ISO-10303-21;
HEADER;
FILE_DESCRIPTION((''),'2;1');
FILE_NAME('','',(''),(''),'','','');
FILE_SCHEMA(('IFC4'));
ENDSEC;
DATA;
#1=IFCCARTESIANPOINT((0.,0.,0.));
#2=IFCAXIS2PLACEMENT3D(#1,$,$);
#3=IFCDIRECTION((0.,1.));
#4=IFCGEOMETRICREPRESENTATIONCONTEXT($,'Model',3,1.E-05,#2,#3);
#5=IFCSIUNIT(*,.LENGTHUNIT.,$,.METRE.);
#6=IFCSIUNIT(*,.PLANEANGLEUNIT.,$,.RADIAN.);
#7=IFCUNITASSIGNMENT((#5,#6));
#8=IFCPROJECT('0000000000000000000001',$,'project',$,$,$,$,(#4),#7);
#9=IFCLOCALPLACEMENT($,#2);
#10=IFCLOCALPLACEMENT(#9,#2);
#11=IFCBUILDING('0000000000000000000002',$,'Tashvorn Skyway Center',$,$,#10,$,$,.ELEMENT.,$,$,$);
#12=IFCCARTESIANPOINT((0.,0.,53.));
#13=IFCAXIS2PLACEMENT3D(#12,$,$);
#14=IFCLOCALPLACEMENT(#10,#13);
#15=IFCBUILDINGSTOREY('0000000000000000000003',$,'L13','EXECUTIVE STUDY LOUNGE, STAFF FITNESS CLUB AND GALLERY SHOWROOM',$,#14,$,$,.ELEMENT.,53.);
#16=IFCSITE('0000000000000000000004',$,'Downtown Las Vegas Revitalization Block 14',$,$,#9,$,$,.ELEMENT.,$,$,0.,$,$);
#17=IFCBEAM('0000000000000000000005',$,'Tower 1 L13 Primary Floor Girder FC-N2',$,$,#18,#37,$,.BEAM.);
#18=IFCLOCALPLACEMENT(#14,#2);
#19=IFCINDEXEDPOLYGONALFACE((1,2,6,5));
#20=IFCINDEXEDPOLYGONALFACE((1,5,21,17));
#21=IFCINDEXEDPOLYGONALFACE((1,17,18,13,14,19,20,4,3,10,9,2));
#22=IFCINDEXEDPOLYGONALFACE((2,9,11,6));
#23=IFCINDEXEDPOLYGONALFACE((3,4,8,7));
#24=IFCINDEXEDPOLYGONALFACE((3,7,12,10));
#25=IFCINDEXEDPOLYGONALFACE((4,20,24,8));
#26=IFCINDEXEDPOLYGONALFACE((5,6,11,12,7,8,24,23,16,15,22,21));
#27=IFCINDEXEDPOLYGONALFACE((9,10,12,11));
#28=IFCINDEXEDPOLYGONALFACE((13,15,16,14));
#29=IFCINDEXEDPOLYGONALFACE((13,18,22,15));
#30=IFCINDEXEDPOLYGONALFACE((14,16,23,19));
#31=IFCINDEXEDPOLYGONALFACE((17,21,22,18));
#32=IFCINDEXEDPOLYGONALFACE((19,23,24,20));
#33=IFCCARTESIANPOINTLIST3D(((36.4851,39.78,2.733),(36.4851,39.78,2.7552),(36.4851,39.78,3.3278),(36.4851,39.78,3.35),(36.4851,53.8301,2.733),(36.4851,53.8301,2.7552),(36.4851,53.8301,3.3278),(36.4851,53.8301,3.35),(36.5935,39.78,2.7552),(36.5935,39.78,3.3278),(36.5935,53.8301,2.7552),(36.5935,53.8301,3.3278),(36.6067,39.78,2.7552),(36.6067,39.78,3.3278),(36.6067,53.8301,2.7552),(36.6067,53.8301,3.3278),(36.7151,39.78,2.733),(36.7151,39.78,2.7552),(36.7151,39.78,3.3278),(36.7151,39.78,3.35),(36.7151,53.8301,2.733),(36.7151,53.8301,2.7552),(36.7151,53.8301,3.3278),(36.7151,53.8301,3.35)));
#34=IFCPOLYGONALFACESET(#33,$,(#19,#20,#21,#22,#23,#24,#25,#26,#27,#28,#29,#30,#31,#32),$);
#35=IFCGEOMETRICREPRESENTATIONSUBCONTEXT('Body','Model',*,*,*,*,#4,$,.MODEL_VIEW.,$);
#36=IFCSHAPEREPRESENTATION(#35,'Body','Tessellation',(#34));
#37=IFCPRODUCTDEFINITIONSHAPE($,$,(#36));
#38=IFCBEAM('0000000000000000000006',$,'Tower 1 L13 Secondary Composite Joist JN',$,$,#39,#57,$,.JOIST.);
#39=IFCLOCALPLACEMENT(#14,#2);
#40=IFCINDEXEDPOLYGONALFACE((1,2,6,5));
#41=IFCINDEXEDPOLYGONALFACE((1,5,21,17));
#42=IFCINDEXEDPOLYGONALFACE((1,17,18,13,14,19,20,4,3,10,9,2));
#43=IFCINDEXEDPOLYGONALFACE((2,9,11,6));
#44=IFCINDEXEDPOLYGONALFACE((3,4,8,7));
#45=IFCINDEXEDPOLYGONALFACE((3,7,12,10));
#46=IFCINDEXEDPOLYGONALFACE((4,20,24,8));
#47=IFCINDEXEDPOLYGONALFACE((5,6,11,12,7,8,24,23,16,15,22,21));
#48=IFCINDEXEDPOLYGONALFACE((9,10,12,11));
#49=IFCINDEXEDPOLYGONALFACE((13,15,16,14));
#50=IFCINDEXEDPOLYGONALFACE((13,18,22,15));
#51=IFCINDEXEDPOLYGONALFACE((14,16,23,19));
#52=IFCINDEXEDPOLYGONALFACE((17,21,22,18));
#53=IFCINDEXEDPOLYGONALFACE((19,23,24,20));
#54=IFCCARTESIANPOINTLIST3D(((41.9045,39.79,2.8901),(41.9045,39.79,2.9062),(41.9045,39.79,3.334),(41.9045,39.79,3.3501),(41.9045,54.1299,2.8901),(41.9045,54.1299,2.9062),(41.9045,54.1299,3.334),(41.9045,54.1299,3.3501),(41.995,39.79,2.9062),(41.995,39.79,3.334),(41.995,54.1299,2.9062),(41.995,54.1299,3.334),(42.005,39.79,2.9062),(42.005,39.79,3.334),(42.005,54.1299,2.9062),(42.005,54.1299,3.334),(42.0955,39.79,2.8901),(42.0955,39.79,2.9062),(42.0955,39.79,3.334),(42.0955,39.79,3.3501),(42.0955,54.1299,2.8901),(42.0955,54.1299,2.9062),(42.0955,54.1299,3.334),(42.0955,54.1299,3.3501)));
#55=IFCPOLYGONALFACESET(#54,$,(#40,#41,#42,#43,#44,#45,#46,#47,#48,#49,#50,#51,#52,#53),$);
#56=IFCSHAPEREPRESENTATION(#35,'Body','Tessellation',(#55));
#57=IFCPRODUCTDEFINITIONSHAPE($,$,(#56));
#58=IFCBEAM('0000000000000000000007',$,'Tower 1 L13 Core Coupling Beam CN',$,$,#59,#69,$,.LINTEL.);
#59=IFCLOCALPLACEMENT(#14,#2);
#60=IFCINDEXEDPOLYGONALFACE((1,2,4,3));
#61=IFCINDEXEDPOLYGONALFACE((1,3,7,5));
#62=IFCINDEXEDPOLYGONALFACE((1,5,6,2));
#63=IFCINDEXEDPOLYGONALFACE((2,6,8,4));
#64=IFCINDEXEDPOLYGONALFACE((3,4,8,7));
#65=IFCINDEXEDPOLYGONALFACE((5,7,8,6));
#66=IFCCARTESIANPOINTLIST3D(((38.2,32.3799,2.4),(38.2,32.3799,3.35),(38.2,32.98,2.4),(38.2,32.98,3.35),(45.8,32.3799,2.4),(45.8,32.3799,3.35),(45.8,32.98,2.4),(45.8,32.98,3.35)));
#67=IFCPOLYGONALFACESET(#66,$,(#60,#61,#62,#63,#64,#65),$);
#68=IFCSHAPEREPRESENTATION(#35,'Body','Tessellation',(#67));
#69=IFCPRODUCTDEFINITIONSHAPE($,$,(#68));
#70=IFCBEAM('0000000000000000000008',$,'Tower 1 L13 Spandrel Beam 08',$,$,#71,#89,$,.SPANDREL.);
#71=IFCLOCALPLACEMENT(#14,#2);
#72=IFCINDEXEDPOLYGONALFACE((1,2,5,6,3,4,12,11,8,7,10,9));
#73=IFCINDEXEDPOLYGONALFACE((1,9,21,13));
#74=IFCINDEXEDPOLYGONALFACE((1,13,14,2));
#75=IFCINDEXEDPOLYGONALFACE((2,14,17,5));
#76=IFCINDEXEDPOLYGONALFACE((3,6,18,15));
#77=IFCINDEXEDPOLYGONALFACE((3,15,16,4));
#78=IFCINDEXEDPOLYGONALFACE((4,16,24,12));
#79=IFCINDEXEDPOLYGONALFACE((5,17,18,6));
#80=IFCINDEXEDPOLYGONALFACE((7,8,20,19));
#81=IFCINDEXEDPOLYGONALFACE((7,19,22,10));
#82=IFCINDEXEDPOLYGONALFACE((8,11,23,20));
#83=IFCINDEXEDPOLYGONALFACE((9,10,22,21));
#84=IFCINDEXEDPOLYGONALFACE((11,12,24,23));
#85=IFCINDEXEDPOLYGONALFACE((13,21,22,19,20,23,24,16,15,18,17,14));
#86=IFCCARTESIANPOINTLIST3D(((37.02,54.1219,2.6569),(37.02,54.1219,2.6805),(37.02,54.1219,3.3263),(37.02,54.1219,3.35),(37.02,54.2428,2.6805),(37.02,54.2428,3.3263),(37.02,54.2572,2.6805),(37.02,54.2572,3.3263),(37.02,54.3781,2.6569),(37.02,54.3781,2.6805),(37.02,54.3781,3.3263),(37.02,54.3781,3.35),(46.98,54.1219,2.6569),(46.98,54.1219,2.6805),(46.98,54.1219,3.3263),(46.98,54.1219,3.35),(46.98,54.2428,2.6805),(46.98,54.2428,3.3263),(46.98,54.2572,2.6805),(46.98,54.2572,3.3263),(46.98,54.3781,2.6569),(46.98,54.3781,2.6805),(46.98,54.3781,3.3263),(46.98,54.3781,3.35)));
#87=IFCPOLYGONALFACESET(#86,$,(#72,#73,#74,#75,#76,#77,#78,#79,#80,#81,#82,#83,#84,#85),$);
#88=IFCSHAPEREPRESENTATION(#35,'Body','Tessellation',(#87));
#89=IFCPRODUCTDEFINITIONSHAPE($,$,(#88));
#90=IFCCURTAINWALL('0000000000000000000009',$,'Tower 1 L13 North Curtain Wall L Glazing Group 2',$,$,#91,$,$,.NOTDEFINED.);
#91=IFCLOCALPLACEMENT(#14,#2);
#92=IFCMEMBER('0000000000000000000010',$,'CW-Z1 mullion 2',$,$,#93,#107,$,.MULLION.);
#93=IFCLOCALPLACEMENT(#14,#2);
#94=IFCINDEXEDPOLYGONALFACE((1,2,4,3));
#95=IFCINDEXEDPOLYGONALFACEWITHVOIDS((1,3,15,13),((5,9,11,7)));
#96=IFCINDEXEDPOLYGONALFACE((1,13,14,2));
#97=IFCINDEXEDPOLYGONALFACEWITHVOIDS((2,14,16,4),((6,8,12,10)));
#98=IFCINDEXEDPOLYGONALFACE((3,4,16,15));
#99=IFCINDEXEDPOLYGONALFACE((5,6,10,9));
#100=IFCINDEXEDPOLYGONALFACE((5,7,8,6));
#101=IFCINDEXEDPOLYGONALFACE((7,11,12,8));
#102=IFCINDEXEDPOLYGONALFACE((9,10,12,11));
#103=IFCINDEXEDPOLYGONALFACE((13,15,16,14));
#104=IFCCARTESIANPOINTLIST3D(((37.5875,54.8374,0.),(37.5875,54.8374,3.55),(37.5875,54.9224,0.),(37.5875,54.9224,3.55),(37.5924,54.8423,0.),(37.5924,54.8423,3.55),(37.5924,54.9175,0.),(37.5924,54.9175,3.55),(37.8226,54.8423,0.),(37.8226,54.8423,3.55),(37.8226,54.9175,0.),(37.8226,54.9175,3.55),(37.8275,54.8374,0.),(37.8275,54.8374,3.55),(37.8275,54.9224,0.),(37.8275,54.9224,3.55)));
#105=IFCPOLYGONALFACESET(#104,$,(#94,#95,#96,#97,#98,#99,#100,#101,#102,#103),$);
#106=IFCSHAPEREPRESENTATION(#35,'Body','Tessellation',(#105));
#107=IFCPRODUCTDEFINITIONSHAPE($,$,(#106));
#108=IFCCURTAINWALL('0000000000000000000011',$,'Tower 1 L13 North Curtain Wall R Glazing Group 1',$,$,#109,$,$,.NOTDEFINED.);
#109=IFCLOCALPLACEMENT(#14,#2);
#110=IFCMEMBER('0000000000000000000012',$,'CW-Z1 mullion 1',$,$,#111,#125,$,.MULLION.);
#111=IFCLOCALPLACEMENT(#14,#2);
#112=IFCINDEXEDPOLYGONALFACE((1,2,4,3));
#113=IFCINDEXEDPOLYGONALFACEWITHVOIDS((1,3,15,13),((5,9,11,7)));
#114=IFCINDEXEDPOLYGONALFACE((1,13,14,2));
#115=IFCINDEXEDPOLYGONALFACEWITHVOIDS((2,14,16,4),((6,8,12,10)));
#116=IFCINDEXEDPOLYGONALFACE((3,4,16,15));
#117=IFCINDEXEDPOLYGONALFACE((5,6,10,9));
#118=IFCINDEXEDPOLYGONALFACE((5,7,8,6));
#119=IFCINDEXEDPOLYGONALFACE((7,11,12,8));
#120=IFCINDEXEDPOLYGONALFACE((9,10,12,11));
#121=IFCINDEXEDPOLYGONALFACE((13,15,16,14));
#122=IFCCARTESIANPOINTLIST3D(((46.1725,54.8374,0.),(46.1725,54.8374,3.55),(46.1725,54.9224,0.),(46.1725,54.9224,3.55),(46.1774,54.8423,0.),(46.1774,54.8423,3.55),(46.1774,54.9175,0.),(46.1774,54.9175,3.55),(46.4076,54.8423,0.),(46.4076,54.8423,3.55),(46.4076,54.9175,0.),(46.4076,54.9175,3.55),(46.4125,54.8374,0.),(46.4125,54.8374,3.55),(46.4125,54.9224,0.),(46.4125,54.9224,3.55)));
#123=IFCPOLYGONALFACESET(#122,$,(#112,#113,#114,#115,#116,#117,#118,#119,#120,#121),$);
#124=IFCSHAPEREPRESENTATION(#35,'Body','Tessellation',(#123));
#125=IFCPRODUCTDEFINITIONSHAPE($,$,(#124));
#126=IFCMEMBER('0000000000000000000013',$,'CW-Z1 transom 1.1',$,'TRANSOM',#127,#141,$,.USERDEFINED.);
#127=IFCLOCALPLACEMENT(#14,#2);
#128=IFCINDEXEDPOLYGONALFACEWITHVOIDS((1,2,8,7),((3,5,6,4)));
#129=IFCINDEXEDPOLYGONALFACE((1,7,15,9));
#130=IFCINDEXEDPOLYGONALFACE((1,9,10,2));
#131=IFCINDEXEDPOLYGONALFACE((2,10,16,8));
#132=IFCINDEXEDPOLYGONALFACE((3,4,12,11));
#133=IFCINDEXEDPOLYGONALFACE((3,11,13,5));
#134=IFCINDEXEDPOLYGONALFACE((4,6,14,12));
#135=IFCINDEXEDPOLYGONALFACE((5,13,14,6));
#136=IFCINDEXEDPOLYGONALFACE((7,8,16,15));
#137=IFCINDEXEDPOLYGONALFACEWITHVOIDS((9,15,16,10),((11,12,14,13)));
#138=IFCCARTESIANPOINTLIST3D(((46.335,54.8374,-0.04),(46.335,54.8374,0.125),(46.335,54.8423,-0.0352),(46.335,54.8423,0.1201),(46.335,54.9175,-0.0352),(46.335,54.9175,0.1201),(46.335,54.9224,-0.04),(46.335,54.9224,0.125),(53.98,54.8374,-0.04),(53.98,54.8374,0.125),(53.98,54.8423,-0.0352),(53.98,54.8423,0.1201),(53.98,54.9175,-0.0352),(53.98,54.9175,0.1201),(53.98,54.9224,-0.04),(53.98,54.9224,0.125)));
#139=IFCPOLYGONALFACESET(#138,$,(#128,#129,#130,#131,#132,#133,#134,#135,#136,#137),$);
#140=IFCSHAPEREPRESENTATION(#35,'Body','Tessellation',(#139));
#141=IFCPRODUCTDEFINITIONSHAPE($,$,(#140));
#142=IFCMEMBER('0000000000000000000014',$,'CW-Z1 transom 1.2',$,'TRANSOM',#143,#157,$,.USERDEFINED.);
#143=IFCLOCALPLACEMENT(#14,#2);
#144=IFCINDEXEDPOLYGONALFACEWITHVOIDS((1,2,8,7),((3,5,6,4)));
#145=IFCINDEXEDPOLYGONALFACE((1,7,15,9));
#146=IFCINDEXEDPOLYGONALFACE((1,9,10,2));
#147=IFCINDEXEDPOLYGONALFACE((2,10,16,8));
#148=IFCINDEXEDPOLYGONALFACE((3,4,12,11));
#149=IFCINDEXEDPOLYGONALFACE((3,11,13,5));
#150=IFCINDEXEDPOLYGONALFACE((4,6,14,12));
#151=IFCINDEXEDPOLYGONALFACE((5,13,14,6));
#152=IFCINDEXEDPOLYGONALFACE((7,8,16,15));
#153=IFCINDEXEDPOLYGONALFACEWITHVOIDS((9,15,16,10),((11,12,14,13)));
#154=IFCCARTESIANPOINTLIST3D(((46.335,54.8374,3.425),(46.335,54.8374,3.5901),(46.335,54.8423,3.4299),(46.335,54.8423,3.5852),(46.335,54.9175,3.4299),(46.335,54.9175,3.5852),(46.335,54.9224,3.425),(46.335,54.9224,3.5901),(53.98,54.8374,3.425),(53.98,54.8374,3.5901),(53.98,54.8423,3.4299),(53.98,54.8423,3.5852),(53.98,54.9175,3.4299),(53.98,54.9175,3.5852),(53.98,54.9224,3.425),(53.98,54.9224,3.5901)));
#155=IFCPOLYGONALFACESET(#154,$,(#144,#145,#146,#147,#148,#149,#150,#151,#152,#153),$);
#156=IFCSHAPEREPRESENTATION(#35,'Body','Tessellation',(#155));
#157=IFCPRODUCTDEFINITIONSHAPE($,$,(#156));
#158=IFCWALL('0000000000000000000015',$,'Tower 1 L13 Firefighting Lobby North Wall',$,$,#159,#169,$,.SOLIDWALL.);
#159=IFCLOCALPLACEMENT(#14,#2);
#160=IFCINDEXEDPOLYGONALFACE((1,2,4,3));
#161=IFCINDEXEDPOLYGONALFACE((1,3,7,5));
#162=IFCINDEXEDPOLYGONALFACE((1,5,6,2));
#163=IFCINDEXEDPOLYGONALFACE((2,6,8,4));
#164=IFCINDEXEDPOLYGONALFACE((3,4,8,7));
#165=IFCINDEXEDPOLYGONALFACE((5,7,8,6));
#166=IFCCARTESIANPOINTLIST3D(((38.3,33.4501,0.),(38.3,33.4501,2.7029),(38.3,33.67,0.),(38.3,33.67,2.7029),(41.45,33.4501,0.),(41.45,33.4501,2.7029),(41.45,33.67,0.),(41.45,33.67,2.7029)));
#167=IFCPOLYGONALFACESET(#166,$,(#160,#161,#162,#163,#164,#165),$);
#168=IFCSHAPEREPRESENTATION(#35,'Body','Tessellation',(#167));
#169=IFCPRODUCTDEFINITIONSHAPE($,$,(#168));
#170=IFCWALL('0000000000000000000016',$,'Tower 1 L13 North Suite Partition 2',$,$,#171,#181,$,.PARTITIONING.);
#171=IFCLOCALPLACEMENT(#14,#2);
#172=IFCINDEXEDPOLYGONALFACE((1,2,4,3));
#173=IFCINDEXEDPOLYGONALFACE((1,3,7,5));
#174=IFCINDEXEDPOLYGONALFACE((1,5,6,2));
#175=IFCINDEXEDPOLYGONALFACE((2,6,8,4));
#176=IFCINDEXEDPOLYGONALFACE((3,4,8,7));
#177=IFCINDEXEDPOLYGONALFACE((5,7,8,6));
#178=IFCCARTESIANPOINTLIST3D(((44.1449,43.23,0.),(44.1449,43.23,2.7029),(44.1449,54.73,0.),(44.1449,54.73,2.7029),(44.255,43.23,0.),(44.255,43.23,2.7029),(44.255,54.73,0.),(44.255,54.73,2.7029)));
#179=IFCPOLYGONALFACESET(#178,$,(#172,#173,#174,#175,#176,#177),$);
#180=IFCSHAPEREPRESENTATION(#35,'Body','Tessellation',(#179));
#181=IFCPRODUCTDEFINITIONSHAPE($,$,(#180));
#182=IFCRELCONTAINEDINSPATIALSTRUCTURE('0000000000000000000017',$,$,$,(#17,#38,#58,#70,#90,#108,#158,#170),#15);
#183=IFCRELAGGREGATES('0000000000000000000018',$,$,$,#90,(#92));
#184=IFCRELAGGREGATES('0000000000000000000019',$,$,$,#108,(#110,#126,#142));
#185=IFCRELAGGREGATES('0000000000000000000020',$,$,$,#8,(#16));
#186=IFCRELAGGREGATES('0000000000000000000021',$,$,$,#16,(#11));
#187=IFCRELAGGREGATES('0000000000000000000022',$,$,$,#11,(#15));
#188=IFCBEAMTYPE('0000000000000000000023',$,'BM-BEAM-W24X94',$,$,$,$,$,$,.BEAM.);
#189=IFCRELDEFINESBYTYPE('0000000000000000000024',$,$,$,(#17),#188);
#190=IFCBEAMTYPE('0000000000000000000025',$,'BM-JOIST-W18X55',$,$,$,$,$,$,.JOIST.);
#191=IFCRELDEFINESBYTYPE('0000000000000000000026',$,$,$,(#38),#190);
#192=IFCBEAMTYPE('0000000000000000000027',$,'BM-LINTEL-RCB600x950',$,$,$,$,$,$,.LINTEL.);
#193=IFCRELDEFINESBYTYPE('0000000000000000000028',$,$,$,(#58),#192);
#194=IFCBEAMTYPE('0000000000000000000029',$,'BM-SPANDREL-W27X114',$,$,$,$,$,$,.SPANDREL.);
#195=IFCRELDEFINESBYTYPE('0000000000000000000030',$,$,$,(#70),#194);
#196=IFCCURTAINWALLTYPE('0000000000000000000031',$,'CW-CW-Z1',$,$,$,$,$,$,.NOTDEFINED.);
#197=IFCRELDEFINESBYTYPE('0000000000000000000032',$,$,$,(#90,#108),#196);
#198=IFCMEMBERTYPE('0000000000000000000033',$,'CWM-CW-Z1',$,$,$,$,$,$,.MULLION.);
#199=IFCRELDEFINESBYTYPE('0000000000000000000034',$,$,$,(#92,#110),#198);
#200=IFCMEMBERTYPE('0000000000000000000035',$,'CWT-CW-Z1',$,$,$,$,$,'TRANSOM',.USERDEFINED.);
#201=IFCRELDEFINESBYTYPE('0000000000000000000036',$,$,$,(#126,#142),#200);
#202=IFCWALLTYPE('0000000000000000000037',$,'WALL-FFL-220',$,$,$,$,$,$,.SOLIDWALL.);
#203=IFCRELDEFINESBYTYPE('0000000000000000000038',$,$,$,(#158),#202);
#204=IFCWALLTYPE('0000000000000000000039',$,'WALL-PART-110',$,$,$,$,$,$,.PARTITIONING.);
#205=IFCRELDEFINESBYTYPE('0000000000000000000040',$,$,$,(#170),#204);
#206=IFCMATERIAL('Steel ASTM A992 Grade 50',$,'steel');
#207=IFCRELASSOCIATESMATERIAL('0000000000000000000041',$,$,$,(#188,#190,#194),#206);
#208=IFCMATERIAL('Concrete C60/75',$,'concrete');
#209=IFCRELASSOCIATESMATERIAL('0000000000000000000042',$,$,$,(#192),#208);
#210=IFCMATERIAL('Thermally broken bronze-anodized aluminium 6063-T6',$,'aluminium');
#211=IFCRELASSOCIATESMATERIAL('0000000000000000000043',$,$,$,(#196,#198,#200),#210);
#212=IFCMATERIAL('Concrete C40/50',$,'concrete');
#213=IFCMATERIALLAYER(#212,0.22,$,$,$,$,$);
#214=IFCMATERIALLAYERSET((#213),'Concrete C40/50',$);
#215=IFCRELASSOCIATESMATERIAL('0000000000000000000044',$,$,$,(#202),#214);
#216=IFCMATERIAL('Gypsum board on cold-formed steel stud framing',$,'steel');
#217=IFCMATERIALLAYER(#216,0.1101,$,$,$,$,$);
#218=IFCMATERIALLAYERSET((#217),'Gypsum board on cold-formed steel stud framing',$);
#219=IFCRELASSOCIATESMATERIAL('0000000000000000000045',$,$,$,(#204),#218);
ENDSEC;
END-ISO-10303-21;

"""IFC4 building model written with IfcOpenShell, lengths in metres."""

from ifc_helpers import new_model, si_unit, direction, frame, frame_2d, origin, origin_2d, place, context, subcontext, project, spatial, rectangle, hollow_rectangle, i_section, extrude, material, layer, layer_set, material_profile, profile_set, type_object, element, aggregate, save


model = new_model("IFC4")

# Units and contexts
model_context = context("Model", 3, precision=1e-05, world=origin(), true_north=direction((0.0, 1.0)))
body_context = subcontext(model_context, "Body", "Model", "MODEL_VIEW")
ifc_project = project(units=[si_unit("LENGTHUNIT", "METRE"), si_unit("PLANEANGLEUNIT", "RADIAN")], contexts=[model_context])

# Site, building, storey
site_placement = place(None, origin())
site = spatial("IfcSite", under=ifc_project, at=site_placement, Name="Downtown Las Vegas Revitalization Block 14", CompositionType="ELEMENT", RefElevation=0.0)
building_placement = place(site_placement, origin())
building = spatial("IfcBuilding", under=site, at=building_placement, Name="Tashvorn Skyway Center", CompositionType="ELEMENT")
storey_placement = place(building_placement, frame((0.0, 0.0, 53.0)))
storey = spatial("IfcBuildingStorey", under=building, at=storey_placement, Name="L13", Description="EXECUTIVE STUDY LOUNGE, STAFF FITNESS CLUB AND GALLERY SHOWROOM", CompositionType="ELEMENT", Elevation=53.0)

# Beams
ifc_material_1 = material(Name="Steel ASTM A992 Grade 50", Category="steel")
ifc_material_profile_1 = material_profile(ifc_material_1, i_section(OverallWidth=0.23, OverallDepth=0.6169, WebThickness=0.0132, FlangeThickness=0.0222, at=origin_2d()), Name="W24X94")
ifc_profile_set_1 = profile_set([ifc_material_profile_1], Name="Steel ASTM A992 Grade 50")
beam_type_1 = type_object("IfcBeamType", Name="BM-BEAM-W24X94", PredefinedType="BEAM", material=ifc_profile_set_1)
beam_1_placement = place(storey_placement, frame((36.6001, 53.8301, 3.0415), z_axis=(0.0, -1.0, 0.0), x_axis=(1.0, 0.0, 0.0)))
element("IfcBeam", 1, at=beam_1_placement, inside=storey, type_object=beam_type_1, Name="Tower 1 L13 Primary Floor Girder FC-N2", PredefinedType="BEAM", context=body_context, shape_type="SweptSolid", body=[
    extrude(i_section(OverallWidth=0.23, OverallDepth=0.6169, WebThickness=0.0132, FlangeThickness=0.0222, at=origin_2d()), origin(), (0.0, 0.0, 1.0), 14.05),
])
ifc_material_profile_2 = material_profile(ifc_material_1, i_section(OverallWidth=0.1909, OverallDepth=0.46, WebThickness=0.01, FlangeThickness=0.0161, at=origin_2d()), Name="W18X55")
ifc_profile_set_2 = profile_set([ifc_material_profile_2], Name="Steel ASTM A992 Grade 50")
beam_type_2 = type_object("IfcBeamType", Name="BM-JOIST-W18X55", PredefinedType="JOIST", material=ifc_profile_set_2)
beam_2_placement = place(storey_placement, frame((42.0, 39.79, 3.1201), z_axis=(0.0, 1.0, 0.0), x_axis=(-1.0, 0.0, 0.0)))
element("IfcBeam", 2, at=beam_2_placement, inside=storey, type_object=beam_type_2, Name="Tower 1 L13 Secondary Composite Joist JN", PredefinedType="JOIST", context=body_context, shape_type="SweptSolid", body=[
    extrude(i_section(OverallWidth=0.1909, OverallDepth=0.46, WebThickness=0.01, FlangeThickness=0.0161, at=origin_2d()), origin(), (0.0, 0.0, 1.0), 14.3398),
])
ifc_material_2 = material(Name="Concrete C60/75", Category="concrete")
ifc_material_profile_3 = material_profile(ifc_material_2, rectangle(XDim=0.6001, YDim=0.95, at=origin_2d()), Name="RCB600x950")
ifc_profile_set_3 = profile_set([ifc_material_profile_3], Name="Concrete C60/75")
beam_type_3 = type_object("IfcBeamType", Name="BM-LINTEL-RCB600x950", PredefinedType="LINTEL", material=ifc_profile_set_3)
beam_3_placement = place(storey_placement, frame((38.2, 32.6799, 2.875), z_axis=(1.0, 0.0, 0.0), x_axis=(0.0, 1.0, 0.0)))
element("IfcBeam", 3, at=beam_3_placement, inside=storey, type_object=beam_type_3, Name="Tower 1 L13 Core Coupling Beam CN", PredefinedType="LINTEL", context=body_context, shape_type="SweptSolid", body=[
    extrude(rectangle(XDim=0.6001, YDim=0.95, at=origin_2d()), origin(), (0.0, 0.0, 1.0), 7.6001),
])
ifc_material_profile_4 = material_profile(ifc_material_1, i_section(OverallWidth=0.2561, OverallDepth=0.6931, WebThickness=0.0144, FlangeThickness=0.0237, at=origin_2d()), Name="W27X114")
ifc_profile_set_4 = profile_set([ifc_material_profile_4], Name="Steel ASTM A992 Grade 50")
beam_type_4 = type_object("IfcBeamType", Name="BM-SPANDREL-W27X114", PredefinedType="SPANDREL", material=ifc_profile_set_4)
beam_4_placement = place(storey_placement, frame((46.98, 54.25, 3.0034), z_axis=(-1.0, 0.0, 0.0), x_axis=(0.0, -1.0, 0.0)))
element("IfcBeam", 4, at=beam_4_placement, inside=storey, type_object=beam_type_4, Name="Tower 1 L13 Spandrel Beam 08", PredefinedType="SPANDREL", context=body_context, shape_type="SweptSolid", body=[
    extrude(i_section(OverallWidth=0.2561, OverallDepth=0.6931, WebThickness=0.0144, FlangeThickness=0.0237, at=origin_2d()), origin(), (0.0, 0.0, 1.0), 9.96),
])

# Curtain wall, member
ifc_material_3 = material(Name="Thermally broken bronze-anodized aluminium 6063-T6", Category="aluminium")
curtain_wall_type = type_object("IfcCurtainWallType", Name="CW-CW-Z1", PredefinedType="NOTDEFINED", material=ifc_material_3)
curtain_wall_1_placement = place(storey_placement, origin())
curtain_wall_1 = element("IfcCurtainWall", 5, at=curtain_wall_1_placement, inside=storey, type_object=curtain_wall_type, Name="Tower 1 L13 North Curtain Wall L Glazing Group 2", PredefinedType="NOTDEFINED")
ifc_material_profile_5 = material_profile(ifc_material_3, hollow_rectangle(XDim=0.085, YDim=0.24, WallThickness=0.0049, at=origin_2d()), Name="ALU-MULL-85x240")
ifc_profile_set_5 = profile_set([ifc_material_profile_5], Name="Thermally broken bronze-anodized aluminium 6063-T6")
member_type_1 = type_object("IfcMemberType", Name="CWM-CW-Z1", PredefinedType="MULLION", material=ifc_profile_set_5)
member_1_placement = place(storey_placement, frame((37.7075, 54.8799, 0.0), z_axis=(0.0, 0.0, 1.0), x_axis=(0.0, 1.0, 0.0)))
member_1 = element("IfcMember", 6, at=member_1_placement, type_object=member_type_1, Name="CW-Z1 mullion 2", PredefinedType="MULLION", context=body_context, shape_type="SweptSolid", body=[
    extrude(hollow_rectangle(XDim=0.085, YDim=0.24, WallThickness=0.0049, at=origin_2d()), origin(), (0.0, 0.0, 1.0), 3.55),
])
aggregate(curtain_wall_1, [member_1])

# Curtain wall, members
curtain_wall_2_placement = place(storey_placement, origin())
curtain_wall_2 = element("IfcCurtainWall", 7, at=curtain_wall_2_placement, inside=storey, type_object=curtain_wall_type, Name="Tower 1 L13 North Curtain Wall R Glazing Group 1", PredefinedType="NOTDEFINED")
member_2_placement = place(storey_placement, frame((46.2925, 54.8799, 0.0), z_axis=(0.0, 0.0, 1.0), x_axis=(0.0, 1.0, 0.0)))
member_2 = element("IfcMember", 8, at=member_2_placement, type_object=member_type_1, Name="CW-Z1 mullion 1", PredefinedType="MULLION", context=body_context, shape_type="SweptSolid", body=[
    extrude(hollow_rectangle(XDim=0.085, YDim=0.24, WallThickness=0.0049, at=origin_2d()), origin(), (0.0, 0.0, 1.0), 3.55),
])
ifc_material_profile_6 = material_profile(ifc_material_3, hollow_rectangle(XDim=0.085, YDim=0.165, WallThickness=0.0049, at=origin_2d()), Name="ALU-TRAN-85x165")
ifc_profile_set_6 = profile_set([ifc_material_profile_6], Name="Thermally broken bronze-anodized aluminium 6063-T6")
member_type_2 = type_object("IfcMemberType", Name="CWT-CW-Z1", ElementType="TRANSOM", PredefinedType="USERDEFINED", material=ifc_profile_set_6)
member_3_placement = place(storey_placement, frame((46.335, 54.8799, 0.0425), z_axis=(1.0, 0.0, 0.0), x_axis=(0.0, 1.0, 0.0)))
member_3 = element("IfcMember", 9, at=member_3_placement, type_object=member_type_2, Name="CW-Z1 transom 1.1", ObjectType="TRANSOM", PredefinedType="USERDEFINED", context=body_context, shape_type="SweptSolid", body=[
    extrude(hollow_rectangle(XDim=0.085, YDim=0.165, WallThickness=0.0049, at=origin_2d()), origin(), (0.0, 0.0, 1.0), 7.645),
])
member_4_placement = place(storey_placement, frame((46.335, 54.8799, 3.5076), z_axis=(1.0, 0.0, 0.0), x_axis=(0.0, 1.0, 0.0)))
member_4 = element("IfcMember", 10, at=member_4_placement, type_object=member_type_2, Name="CW-Z1 transom 1.2", ObjectType="TRANSOM", PredefinedType="USERDEFINED", context=body_context, shape_type="SweptSolid", body=[
    extrude(hollow_rectangle(XDim=0.085, YDim=0.165, WallThickness=0.0049, at=origin_2d()), origin(), (0.0, 0.0, 1.0), 7.645),
])
aggregate(curtain_wall_2, [member_2, member_3, member_4])

# Walls
ifc_material_4 = material(Name="Concrete C40/50", Category="concrete")
ifc_layer_1 = layer(ifc_material_4, 0.22)
ifc_layer_set_1 = layer_set([ifc_layer_1], Name="Concrete C40/50")
wall_type_1 = type_object("IfcWallType", Name="WALL-FFL-220", PredefinedType="SOLIDWALL", material=ifc_layer_set_1)
wall_1_placement = place(storey_placement, frame((38.3, 33.5601, 0.0), z_axis=(0.0, 0.0, 1.0), x_axis=(1.0, 0.0, 0.0)))
element("IfcWall", 11, at=wall_1_placement, inside=storey, type_object=wall_type_1, Name="Tower 1 L13 Firefighting Lobby North Wall", PredefinedType="SOLIDWALL", context=body_context, shape_type="SweptSolid", body=[
    extrude(rectangle(XDim=3.1499, YDim=0.22, at=frame_2d((1.575, 0.0))), origin(), (0.0, 0.0, 1.0), 2.7029),
])
ifc_material_5 = material(Name="Gypsum board on cold-formed steel stud framing", Category="steel")
ifc_layer_2 = layer(ifc_material_5, 0.1101)
ifc_layer_set_2 = layer_set([ifc_layer_2], Name="Gypsum board on cold-formed steel stud framing")
wall_type_2 = type_object("IfcWallType", Name="WALL-PART-110", PredefinedType="PARTITIONING", material=ifc_layer_set_2)
wall_2_placement = place(storey_placement, frame((44.2, 43.23, 0.0), z_axis=(0.0, 0.0, 1.0), x_axis=(0.0, 1.0, 0.0)))
element("IfcWall", 12, at=wall_2_placement, inside=storey, type_object=wall_type_2, Name="Tower 1 L13 North Suite Partition 2", PredefinedType="PARTITIONING", context=body_context, shape_type="SweptSolid", body=[
    extrude(rectangle(XDim=11.5, YDim=0.1101, at=frame_2d((5.75, 0.0))), origin(), (0.0, 0.0, 1.0), 2.7029),
])

save(model, "model.ifc")
